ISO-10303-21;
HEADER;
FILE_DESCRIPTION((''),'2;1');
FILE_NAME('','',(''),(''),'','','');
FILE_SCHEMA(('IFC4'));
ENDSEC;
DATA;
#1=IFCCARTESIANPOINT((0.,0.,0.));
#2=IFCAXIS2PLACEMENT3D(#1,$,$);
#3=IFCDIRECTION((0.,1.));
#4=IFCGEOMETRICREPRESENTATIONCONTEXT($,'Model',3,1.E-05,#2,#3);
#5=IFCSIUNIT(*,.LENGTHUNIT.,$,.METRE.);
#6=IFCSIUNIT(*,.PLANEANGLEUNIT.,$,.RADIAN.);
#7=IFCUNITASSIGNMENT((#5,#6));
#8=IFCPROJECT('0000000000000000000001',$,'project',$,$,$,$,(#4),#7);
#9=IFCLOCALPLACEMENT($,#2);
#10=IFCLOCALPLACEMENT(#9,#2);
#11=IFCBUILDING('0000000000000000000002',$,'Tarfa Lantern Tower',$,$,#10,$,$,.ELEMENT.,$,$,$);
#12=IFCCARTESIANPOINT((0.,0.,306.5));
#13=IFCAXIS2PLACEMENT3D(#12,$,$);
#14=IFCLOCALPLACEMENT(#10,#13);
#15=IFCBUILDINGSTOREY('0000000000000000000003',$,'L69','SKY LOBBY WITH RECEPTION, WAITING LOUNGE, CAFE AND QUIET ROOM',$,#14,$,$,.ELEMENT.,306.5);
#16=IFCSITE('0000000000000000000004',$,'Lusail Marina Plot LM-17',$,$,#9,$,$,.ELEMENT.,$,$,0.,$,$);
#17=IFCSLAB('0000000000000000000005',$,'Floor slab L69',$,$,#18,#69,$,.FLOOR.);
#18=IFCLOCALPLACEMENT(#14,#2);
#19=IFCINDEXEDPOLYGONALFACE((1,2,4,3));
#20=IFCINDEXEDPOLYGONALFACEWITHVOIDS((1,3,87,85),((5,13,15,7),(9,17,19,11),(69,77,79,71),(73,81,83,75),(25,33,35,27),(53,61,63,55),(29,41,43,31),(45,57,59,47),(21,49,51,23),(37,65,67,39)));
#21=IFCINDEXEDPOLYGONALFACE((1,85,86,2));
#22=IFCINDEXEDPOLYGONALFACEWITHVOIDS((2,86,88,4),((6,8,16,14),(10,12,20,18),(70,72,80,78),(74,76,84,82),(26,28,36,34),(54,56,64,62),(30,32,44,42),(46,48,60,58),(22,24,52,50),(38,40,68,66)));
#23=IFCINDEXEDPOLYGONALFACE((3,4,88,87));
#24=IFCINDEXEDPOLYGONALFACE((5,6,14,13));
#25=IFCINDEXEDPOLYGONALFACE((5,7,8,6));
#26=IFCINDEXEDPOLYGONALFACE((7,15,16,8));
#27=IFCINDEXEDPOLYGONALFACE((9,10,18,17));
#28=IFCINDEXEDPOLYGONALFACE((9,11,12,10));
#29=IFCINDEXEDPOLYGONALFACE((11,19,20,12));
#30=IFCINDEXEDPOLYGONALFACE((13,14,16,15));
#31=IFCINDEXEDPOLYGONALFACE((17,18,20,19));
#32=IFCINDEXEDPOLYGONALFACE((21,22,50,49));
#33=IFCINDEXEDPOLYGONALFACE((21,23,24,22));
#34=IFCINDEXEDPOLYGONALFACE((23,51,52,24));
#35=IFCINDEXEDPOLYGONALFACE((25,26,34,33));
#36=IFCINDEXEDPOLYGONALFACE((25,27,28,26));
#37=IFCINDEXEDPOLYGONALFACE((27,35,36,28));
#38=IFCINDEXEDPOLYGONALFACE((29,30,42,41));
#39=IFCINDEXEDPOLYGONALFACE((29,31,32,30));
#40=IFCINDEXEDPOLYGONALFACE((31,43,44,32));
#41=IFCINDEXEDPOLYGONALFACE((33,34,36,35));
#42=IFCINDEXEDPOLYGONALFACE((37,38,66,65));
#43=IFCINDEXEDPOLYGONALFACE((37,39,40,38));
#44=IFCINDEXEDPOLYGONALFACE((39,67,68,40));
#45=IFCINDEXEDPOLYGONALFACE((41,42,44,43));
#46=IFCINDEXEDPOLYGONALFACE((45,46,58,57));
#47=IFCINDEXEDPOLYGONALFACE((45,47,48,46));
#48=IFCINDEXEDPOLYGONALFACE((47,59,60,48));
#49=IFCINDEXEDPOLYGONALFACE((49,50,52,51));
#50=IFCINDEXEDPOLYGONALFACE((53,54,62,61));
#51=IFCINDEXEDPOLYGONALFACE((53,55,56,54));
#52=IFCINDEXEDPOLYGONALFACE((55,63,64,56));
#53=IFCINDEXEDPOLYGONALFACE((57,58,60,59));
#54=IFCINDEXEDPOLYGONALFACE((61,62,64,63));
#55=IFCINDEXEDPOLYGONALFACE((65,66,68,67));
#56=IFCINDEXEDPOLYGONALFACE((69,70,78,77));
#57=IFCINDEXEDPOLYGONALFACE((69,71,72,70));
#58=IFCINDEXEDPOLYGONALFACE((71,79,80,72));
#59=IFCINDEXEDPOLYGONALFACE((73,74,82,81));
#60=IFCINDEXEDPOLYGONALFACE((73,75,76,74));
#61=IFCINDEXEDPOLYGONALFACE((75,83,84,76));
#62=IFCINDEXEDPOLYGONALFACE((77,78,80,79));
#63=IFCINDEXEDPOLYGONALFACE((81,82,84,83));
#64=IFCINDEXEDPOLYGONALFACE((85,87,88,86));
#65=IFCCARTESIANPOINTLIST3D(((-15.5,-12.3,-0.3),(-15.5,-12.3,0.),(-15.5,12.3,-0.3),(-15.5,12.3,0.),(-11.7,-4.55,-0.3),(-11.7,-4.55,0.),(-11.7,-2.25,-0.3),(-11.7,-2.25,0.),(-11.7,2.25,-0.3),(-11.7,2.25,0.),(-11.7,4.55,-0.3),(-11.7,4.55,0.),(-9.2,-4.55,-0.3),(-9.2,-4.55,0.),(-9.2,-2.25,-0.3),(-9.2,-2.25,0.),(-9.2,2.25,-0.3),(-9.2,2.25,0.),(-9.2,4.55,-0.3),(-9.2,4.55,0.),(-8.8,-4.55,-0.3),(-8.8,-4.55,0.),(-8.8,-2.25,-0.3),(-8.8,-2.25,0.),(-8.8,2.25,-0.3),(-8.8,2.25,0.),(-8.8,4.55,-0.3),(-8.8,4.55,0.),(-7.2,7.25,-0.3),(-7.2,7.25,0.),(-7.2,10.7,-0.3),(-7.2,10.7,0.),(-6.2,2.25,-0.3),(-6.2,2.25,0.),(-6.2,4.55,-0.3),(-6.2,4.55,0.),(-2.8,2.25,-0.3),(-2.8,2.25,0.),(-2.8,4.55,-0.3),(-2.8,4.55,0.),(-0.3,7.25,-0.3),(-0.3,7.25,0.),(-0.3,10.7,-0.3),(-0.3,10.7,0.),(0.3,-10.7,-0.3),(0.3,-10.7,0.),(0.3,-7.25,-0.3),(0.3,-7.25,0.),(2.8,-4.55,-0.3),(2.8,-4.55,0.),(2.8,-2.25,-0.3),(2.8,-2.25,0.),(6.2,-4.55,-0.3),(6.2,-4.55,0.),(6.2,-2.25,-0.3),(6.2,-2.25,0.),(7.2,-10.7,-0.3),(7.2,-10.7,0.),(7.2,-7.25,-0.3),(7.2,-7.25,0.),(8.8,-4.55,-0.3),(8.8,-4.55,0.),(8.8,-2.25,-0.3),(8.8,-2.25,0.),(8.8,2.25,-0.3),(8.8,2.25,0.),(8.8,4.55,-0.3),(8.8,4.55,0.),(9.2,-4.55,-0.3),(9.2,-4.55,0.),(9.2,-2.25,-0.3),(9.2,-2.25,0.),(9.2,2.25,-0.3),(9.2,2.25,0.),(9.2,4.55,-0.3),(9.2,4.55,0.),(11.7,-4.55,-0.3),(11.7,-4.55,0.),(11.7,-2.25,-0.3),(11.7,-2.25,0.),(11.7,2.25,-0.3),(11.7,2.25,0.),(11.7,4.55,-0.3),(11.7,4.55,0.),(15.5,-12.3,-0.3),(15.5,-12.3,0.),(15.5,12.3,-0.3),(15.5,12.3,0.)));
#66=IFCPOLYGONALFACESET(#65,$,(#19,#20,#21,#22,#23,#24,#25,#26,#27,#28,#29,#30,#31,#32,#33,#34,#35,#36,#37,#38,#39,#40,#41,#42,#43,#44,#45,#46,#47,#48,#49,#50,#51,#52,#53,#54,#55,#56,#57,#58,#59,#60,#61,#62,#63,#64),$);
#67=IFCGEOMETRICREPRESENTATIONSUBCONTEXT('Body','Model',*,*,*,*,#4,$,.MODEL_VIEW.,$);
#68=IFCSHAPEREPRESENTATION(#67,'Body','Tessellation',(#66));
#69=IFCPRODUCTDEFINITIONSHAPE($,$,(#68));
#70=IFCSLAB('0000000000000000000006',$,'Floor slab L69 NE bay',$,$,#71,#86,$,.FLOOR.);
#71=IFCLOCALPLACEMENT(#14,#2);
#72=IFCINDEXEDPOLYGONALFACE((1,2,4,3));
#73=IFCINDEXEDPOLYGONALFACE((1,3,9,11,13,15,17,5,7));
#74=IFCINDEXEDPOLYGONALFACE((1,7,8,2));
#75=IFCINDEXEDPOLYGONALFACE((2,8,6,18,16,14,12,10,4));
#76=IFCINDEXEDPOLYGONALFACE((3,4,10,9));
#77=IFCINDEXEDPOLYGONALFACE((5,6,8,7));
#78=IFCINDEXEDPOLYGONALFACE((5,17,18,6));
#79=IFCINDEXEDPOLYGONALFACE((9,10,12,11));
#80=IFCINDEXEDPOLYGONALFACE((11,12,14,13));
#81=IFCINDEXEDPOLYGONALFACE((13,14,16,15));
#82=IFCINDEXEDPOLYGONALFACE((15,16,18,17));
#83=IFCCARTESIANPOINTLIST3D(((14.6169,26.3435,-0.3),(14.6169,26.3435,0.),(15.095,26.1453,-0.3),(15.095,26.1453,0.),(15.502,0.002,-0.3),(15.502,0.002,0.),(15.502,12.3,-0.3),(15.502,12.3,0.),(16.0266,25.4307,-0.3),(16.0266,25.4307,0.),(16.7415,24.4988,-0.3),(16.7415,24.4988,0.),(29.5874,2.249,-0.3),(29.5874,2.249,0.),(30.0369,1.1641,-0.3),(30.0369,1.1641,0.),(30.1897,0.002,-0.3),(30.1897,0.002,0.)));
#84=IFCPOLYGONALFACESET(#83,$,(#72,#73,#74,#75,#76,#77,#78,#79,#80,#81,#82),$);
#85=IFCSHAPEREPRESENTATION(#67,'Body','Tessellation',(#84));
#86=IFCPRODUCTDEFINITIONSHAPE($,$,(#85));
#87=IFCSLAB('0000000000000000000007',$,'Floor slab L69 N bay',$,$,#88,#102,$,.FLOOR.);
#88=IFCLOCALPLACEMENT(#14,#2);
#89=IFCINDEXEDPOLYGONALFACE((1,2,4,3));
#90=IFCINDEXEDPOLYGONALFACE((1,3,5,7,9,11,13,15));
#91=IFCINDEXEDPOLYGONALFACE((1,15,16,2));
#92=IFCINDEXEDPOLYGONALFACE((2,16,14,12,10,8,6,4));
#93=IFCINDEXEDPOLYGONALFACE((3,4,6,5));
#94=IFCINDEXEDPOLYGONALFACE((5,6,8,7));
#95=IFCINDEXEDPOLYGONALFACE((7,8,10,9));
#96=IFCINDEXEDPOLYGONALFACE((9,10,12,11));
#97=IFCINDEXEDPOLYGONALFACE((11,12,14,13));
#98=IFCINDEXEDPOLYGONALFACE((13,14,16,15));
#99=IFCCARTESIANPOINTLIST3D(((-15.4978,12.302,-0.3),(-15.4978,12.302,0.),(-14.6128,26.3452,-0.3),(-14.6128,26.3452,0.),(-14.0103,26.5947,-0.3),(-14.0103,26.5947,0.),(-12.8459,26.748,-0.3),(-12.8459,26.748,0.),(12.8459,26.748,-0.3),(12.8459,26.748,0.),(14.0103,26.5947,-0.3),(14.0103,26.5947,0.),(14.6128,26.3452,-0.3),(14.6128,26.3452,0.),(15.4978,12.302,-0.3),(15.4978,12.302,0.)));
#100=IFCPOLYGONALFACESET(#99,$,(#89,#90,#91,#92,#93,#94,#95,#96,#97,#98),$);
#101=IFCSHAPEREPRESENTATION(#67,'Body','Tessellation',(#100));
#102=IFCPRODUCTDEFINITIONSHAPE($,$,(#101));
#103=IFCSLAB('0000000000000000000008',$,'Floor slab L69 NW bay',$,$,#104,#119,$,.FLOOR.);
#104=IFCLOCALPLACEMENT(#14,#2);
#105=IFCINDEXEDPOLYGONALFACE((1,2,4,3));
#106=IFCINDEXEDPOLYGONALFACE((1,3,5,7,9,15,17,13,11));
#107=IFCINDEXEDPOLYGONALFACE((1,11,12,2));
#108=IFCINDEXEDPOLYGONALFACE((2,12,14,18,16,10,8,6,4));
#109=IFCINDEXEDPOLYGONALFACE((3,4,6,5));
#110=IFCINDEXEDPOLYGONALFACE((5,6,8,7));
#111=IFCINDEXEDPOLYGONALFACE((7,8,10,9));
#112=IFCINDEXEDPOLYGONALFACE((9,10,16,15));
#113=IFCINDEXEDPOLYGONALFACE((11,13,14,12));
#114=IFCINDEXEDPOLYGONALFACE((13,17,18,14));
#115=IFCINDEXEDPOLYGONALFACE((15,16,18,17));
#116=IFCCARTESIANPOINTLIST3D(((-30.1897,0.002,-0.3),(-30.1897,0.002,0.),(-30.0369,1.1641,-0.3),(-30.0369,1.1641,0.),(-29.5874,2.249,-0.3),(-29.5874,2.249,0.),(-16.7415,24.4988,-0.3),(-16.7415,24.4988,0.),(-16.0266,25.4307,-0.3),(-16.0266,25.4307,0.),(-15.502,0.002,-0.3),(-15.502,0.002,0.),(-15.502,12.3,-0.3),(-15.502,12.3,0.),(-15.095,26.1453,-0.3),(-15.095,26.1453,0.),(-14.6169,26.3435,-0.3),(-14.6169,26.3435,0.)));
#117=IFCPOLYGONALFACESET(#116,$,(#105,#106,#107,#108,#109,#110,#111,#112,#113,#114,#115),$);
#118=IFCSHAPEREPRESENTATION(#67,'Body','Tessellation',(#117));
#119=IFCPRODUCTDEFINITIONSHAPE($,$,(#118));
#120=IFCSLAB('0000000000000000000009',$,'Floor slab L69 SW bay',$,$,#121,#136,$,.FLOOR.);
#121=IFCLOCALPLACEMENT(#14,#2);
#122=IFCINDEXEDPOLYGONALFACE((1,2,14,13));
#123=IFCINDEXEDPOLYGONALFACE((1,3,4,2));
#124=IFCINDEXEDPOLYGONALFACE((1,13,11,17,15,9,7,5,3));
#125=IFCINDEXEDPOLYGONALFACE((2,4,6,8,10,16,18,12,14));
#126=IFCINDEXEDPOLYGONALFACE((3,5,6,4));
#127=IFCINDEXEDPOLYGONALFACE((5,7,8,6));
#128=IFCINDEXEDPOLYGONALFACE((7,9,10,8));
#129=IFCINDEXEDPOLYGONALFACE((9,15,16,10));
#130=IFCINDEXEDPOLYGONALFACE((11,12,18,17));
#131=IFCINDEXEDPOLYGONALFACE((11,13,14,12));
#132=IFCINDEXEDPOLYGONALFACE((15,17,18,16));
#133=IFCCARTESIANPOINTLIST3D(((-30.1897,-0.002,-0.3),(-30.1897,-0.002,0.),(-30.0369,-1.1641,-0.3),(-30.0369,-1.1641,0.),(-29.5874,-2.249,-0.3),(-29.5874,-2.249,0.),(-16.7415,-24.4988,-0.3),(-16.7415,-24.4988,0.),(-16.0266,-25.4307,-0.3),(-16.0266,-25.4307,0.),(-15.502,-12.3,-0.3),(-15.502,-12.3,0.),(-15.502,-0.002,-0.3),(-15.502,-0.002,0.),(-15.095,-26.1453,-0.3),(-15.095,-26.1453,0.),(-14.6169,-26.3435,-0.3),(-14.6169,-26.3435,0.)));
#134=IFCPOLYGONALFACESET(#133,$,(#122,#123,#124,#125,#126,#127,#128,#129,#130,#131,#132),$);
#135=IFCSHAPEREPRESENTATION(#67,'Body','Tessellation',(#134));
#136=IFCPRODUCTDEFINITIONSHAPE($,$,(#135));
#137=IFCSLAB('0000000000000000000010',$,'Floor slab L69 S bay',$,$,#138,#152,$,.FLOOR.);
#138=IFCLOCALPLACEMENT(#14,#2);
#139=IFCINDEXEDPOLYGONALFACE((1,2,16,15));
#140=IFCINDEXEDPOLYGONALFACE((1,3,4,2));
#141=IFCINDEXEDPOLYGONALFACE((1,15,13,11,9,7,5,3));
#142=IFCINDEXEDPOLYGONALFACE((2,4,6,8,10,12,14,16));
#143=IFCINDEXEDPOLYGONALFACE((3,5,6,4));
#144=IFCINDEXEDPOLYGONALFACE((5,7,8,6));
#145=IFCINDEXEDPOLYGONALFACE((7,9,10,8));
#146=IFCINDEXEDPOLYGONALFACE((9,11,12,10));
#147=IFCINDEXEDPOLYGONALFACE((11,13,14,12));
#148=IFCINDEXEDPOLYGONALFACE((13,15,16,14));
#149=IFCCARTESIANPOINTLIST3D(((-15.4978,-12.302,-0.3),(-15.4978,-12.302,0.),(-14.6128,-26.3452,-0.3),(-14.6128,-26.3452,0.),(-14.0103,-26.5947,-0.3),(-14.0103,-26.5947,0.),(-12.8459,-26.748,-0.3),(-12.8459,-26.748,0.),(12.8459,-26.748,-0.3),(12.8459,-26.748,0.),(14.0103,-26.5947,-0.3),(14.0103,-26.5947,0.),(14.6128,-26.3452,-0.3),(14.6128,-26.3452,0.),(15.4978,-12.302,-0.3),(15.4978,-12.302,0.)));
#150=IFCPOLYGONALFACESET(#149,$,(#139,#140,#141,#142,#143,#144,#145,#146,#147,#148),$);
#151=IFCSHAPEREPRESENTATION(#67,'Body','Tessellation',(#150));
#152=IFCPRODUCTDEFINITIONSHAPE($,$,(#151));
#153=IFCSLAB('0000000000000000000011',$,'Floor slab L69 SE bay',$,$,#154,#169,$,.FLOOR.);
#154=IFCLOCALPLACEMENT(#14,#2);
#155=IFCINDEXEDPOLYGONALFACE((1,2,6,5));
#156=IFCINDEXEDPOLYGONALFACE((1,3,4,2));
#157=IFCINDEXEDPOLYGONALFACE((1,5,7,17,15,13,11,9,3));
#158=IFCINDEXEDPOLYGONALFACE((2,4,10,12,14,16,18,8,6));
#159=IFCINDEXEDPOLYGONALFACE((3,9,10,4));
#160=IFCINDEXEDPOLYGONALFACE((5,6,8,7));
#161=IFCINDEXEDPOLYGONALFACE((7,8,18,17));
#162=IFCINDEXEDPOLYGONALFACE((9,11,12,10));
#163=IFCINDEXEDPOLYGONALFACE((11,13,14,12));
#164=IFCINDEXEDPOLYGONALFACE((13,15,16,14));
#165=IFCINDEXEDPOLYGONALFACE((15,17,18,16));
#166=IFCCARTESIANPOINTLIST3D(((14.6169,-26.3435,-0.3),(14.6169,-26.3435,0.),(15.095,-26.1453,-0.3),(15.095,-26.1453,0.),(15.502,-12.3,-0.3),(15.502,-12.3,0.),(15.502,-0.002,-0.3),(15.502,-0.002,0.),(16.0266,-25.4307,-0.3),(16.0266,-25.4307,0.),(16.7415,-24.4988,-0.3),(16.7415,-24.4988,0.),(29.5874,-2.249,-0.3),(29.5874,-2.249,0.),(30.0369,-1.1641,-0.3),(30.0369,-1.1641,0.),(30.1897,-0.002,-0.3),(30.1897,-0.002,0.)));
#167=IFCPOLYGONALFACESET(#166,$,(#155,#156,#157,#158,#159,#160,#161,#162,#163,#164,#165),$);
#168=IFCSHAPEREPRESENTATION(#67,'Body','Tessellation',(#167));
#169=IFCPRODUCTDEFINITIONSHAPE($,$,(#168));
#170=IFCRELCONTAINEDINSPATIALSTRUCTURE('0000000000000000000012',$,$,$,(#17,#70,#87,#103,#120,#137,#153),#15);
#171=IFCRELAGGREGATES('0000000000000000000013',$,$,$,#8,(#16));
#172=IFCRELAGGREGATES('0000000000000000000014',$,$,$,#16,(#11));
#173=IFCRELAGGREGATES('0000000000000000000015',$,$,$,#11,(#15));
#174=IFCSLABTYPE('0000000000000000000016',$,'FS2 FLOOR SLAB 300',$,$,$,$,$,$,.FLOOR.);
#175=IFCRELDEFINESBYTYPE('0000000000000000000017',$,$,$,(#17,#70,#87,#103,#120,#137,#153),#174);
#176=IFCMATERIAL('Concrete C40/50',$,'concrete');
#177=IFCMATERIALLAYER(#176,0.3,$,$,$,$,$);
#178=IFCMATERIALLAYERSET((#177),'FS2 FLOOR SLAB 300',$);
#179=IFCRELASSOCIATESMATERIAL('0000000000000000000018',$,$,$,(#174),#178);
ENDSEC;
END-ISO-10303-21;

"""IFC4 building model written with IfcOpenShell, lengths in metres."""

from ifc_helpers import new_model, si_unit, direction, frame, origin, place, context, subcontext, project, spatial, polyline, outline, extrude, material, layer, layer_set, type_object, element, save


model = new_model("IFC4")

# Units and contexts
model_context = context("Model", 3, precision=1e-05, world=origin(), true_north=direction((0.0, 1.0)))
body_context = subcontext(model_context, "Body", "Model", "MODEL_VIEW")
ifc_project = project(units=[si_unit("LENGTHUNIT", "METRE"), si_unit("PLANEANGLEUNIT", "RADIAN")], contexts=[model_context])

# Site, building, storey
site_placement = place(None, origin())
site = spatial("IfcSite", under=ifc_project, at=site_placement, Name="Lusail Marina Plot LM-17", CompositionType="ELEMENT", RefElevation=0.0)
building_placement = place(site_placement, origin())
building = spatial("IfcBuilding", under=site, at=building_placement, Name="Tarfa Lantern Tower", CompositionType="ELEMENT")
storey_placement = place(building_placement, frame((0.0, 0.0, 306.5)))
storey = spatial("IfcBuildingStorey", under=building, at=storey_placement, Name="L69", Description="SKY LOBBY WITH RECEPTION, WAITING LOUNGE, CAFE AND QUIET ROOM", CompositionType="ELEMENT", Elevation=306.5)

# Slabs
ifc_material_1 = material(Name="Concrete C40/50", Category="concrete")
ifc_layer_1 = layer(ifc_material_1, 0.3)
ifc_layer_set_1 = layer_set([ifc_layer_1], Name="FS2 FLOOR SLAB 300")
slab_type = type_object("IfcSlabType", Name="FS2 FLOOR SLAB 300", PredefinedType="FLOOR", material=ifc_layer_set_1)
slab_1_placement = place(storey_placement, frame((0.0, 0.0, -0.3)))
element("IfcSlab", 1, at=slab_1_placement, inside=storey, type_object=slab_type, Name="Floor slab L69", PredefinedType="FLOOR", context=body_context, shape_type="SweptSolid", body=[
    extrude(outline(polyline([(-15.5, -12.3), (15.5, -12.3), (15.5, 12.3), (-15.5, 12.3), (-15.5, -12.3)]), holes=[polyline([(-11.7, 2.25), (-9.2, 2.25), (-9.2, 4.55), (-11.7, 4.55), (-11.7, 2.25)]), polyline([(-8.8, 2.25), (-6.2, 2.25), (-6.2, 4.55), (-8.8, 4.55), (-8.8, 2.25)]), polyline([(-2.8, 2.25), (8.8, 2.25), (8.8, 4.55), (-2.8, 4.55), (-2.8, 2.25)]), polyline([(9.2, 2.25), (11.7, 2.25), (11.7, 4.55), (9.2, 4.55), (9.2, 2.25)]), polyline([(11.7, -2.25), (9.2, -2.25), (9.2, -4.55), (11.7, -4.55), (11.7, -2.25)]), polyline([(8.8, -2.25), (6.2, -2.25), (6.2, -4.55), (8.8, -4.55), (8.8, -2.25)]), polyline([(2.8, -2.25), (-8.8, -2.25), (-8.8, -4.55), (2.8, -4.55), (2.8, -2.25)]), polyline([(-9.2, -2.25), (-11.7, -2.25), (-11.7, -4.55), (-9.2, -4.55), (-9.2, -2.25)]), polyline([(-7.2, 7.25), (-0.3, 7.25), (-0.3, 10.7), (-7.2, 10.7), (-7.2, 7.25)]), polyline([(7.2, -7.25), (0.3, -7.25), (0.3, -10.7), (7.2, -10.7), (7.2, -7.25)])]), origin(), (0.0, 0.0, 1.0), 0.3),
])
slab_2_placement = place(storey_placement, frame((0.0, 0.0, -0.3)))
element("IfcSlab", 2, at=slab_2_placement, inside=storey, type_object=slab_type, Name="Floor slab L69 NE bay", PredefinedType="FLOOR", context=body_context, shape_type="SweptSolid", body=[
    extrude(outline(polyline([(29.5874, 2.249), (16.7415, 24.4988), (16.0266, 25.4307), (15.095, 26.1453), (14.6169, 26.3435), (15.502, 12.3), (15.502, 0.002), (30.1897, 0.002), (30.0369, 1.1641), (29.5874, 2.249)])), origin(), (0.0, 0.0, 1.0), 0.3),
])
slab_3_placement = place(storey_placement, frame((0.0, 0.0, -0.3)))
element("IfcSlab", 3, at=slab_3_placement, inside=storey, type_object=slab_type, Name="Floor slab L69 N bay", PredefinedType="FLOOR", context=body_context, shape_type="SweptSolid", body=[
    extrude(outline(polyline([(-15.4978, 12.302), (15.4978, 12.302), (14.6128, 26.3452), (14.0103, 26.5947), (12.8459, 26.748), (-12.8459, 26.748), (-14.0103, 26.5947), (-14.6128, 26.3452), (-15.4978, 12.302)])), origin(), (0.0, 0.0, 1.0), 0.3),
])
slab_4_placement = place(storey_placement, frame((0.0, 0.0, -0.3)))
element("IfcSlab", 4, at=slab_4_placement, inside=storey, type_object=slab_type, Name="Floor slab L69 NW bay", PredefinedType="FLOOR", context=body_context, shape_type="SweptSolid", body=[
    extrude(outline(polyline([(-15.502, 0.002), (-15.502, 12.3), (-14.6169, 26.3435), (-15.095, 26.1453), (-16.0266, 25.4307), (-16.7415, 24.4988), (-29.5874, 2.249), (-30.0369, 1.1641), (-30.1897, 0.002), (-15.502, 0.002)])), origin(), (0.0, 0.0, 1.0), 0.3),
])
slab_5_placement = place(storey_placement, frame((0.0, 0.0, -0.3)))
element("IfcSlab", 5, at=slab_5_placement, inside=storey, type_object=slab_type, Name="Floor slab L69 SW bay", PredefinedType="FLOOR", context=body_context, shape_type="SweptSolid", body=[
    extrude(outline(polyline([(-15.502, -12.3), (-15.502, -0.002), (-30.1897, -0.002), (-30.0369, -1.1641), (-29.5874, -2.249), (-16.7415, -24.4988), (-16.0266, -25.4307), (-15.095, -26.1453), (-14.6169, -26.3435), (-15.502, -12.3)])), origin(), (0.0, 0.0, 1.0), 0.3),
])
slab_6_placement = place(storey_placement, frame((0.0, 0.0, -0.3)))
element("IfcSlab", 6, at=slab_6_placement, inside=storey, type_object=slab_type, Name="Floor slab L69 S bay", PredefinedType="FLOOR", context=body_context, shape_type="SweptSolid", body=[
    extrude(outline(polyline([(15.4978, -12.302), (-15.4978, -12.302), (-14.6128, -26.3452), (-14.0103, -26.5947), (-12.8459, -26.748), (12.8459, -26.748), (14.0103, -26.5947), (14.6128, -26.3452), (15.4978, -12.302)])), origin(), (0.0, 0.0, 1.0), 0.3),
])
slab_7_placement = place(storey_placement, frame((0.0, 0.0, -0.3)))
element("IfcSlab", 7, at=slab_7_placement, inside=storey, type_object=slab_type, Name="Floor slab L69 SE bay", PredefinedType="FLOOR", context=body_context, shape_type="SweptSolid", body=[
    extrude(outline(polyline([(15.502, -0.002), (15.502, -12.3), (14.6169, -26.3435), (15.095, -26.1453), (16.0266, -25.4307), (16.7415, -24.4988), (29.5874, -2.249), (30.0369, -1.1641), (30.1897, -0.002), (15.502, -0.002)])), origin(), (0.0, 0.0, 1.0), 0.3),
])

save(model, "model.ifc")
